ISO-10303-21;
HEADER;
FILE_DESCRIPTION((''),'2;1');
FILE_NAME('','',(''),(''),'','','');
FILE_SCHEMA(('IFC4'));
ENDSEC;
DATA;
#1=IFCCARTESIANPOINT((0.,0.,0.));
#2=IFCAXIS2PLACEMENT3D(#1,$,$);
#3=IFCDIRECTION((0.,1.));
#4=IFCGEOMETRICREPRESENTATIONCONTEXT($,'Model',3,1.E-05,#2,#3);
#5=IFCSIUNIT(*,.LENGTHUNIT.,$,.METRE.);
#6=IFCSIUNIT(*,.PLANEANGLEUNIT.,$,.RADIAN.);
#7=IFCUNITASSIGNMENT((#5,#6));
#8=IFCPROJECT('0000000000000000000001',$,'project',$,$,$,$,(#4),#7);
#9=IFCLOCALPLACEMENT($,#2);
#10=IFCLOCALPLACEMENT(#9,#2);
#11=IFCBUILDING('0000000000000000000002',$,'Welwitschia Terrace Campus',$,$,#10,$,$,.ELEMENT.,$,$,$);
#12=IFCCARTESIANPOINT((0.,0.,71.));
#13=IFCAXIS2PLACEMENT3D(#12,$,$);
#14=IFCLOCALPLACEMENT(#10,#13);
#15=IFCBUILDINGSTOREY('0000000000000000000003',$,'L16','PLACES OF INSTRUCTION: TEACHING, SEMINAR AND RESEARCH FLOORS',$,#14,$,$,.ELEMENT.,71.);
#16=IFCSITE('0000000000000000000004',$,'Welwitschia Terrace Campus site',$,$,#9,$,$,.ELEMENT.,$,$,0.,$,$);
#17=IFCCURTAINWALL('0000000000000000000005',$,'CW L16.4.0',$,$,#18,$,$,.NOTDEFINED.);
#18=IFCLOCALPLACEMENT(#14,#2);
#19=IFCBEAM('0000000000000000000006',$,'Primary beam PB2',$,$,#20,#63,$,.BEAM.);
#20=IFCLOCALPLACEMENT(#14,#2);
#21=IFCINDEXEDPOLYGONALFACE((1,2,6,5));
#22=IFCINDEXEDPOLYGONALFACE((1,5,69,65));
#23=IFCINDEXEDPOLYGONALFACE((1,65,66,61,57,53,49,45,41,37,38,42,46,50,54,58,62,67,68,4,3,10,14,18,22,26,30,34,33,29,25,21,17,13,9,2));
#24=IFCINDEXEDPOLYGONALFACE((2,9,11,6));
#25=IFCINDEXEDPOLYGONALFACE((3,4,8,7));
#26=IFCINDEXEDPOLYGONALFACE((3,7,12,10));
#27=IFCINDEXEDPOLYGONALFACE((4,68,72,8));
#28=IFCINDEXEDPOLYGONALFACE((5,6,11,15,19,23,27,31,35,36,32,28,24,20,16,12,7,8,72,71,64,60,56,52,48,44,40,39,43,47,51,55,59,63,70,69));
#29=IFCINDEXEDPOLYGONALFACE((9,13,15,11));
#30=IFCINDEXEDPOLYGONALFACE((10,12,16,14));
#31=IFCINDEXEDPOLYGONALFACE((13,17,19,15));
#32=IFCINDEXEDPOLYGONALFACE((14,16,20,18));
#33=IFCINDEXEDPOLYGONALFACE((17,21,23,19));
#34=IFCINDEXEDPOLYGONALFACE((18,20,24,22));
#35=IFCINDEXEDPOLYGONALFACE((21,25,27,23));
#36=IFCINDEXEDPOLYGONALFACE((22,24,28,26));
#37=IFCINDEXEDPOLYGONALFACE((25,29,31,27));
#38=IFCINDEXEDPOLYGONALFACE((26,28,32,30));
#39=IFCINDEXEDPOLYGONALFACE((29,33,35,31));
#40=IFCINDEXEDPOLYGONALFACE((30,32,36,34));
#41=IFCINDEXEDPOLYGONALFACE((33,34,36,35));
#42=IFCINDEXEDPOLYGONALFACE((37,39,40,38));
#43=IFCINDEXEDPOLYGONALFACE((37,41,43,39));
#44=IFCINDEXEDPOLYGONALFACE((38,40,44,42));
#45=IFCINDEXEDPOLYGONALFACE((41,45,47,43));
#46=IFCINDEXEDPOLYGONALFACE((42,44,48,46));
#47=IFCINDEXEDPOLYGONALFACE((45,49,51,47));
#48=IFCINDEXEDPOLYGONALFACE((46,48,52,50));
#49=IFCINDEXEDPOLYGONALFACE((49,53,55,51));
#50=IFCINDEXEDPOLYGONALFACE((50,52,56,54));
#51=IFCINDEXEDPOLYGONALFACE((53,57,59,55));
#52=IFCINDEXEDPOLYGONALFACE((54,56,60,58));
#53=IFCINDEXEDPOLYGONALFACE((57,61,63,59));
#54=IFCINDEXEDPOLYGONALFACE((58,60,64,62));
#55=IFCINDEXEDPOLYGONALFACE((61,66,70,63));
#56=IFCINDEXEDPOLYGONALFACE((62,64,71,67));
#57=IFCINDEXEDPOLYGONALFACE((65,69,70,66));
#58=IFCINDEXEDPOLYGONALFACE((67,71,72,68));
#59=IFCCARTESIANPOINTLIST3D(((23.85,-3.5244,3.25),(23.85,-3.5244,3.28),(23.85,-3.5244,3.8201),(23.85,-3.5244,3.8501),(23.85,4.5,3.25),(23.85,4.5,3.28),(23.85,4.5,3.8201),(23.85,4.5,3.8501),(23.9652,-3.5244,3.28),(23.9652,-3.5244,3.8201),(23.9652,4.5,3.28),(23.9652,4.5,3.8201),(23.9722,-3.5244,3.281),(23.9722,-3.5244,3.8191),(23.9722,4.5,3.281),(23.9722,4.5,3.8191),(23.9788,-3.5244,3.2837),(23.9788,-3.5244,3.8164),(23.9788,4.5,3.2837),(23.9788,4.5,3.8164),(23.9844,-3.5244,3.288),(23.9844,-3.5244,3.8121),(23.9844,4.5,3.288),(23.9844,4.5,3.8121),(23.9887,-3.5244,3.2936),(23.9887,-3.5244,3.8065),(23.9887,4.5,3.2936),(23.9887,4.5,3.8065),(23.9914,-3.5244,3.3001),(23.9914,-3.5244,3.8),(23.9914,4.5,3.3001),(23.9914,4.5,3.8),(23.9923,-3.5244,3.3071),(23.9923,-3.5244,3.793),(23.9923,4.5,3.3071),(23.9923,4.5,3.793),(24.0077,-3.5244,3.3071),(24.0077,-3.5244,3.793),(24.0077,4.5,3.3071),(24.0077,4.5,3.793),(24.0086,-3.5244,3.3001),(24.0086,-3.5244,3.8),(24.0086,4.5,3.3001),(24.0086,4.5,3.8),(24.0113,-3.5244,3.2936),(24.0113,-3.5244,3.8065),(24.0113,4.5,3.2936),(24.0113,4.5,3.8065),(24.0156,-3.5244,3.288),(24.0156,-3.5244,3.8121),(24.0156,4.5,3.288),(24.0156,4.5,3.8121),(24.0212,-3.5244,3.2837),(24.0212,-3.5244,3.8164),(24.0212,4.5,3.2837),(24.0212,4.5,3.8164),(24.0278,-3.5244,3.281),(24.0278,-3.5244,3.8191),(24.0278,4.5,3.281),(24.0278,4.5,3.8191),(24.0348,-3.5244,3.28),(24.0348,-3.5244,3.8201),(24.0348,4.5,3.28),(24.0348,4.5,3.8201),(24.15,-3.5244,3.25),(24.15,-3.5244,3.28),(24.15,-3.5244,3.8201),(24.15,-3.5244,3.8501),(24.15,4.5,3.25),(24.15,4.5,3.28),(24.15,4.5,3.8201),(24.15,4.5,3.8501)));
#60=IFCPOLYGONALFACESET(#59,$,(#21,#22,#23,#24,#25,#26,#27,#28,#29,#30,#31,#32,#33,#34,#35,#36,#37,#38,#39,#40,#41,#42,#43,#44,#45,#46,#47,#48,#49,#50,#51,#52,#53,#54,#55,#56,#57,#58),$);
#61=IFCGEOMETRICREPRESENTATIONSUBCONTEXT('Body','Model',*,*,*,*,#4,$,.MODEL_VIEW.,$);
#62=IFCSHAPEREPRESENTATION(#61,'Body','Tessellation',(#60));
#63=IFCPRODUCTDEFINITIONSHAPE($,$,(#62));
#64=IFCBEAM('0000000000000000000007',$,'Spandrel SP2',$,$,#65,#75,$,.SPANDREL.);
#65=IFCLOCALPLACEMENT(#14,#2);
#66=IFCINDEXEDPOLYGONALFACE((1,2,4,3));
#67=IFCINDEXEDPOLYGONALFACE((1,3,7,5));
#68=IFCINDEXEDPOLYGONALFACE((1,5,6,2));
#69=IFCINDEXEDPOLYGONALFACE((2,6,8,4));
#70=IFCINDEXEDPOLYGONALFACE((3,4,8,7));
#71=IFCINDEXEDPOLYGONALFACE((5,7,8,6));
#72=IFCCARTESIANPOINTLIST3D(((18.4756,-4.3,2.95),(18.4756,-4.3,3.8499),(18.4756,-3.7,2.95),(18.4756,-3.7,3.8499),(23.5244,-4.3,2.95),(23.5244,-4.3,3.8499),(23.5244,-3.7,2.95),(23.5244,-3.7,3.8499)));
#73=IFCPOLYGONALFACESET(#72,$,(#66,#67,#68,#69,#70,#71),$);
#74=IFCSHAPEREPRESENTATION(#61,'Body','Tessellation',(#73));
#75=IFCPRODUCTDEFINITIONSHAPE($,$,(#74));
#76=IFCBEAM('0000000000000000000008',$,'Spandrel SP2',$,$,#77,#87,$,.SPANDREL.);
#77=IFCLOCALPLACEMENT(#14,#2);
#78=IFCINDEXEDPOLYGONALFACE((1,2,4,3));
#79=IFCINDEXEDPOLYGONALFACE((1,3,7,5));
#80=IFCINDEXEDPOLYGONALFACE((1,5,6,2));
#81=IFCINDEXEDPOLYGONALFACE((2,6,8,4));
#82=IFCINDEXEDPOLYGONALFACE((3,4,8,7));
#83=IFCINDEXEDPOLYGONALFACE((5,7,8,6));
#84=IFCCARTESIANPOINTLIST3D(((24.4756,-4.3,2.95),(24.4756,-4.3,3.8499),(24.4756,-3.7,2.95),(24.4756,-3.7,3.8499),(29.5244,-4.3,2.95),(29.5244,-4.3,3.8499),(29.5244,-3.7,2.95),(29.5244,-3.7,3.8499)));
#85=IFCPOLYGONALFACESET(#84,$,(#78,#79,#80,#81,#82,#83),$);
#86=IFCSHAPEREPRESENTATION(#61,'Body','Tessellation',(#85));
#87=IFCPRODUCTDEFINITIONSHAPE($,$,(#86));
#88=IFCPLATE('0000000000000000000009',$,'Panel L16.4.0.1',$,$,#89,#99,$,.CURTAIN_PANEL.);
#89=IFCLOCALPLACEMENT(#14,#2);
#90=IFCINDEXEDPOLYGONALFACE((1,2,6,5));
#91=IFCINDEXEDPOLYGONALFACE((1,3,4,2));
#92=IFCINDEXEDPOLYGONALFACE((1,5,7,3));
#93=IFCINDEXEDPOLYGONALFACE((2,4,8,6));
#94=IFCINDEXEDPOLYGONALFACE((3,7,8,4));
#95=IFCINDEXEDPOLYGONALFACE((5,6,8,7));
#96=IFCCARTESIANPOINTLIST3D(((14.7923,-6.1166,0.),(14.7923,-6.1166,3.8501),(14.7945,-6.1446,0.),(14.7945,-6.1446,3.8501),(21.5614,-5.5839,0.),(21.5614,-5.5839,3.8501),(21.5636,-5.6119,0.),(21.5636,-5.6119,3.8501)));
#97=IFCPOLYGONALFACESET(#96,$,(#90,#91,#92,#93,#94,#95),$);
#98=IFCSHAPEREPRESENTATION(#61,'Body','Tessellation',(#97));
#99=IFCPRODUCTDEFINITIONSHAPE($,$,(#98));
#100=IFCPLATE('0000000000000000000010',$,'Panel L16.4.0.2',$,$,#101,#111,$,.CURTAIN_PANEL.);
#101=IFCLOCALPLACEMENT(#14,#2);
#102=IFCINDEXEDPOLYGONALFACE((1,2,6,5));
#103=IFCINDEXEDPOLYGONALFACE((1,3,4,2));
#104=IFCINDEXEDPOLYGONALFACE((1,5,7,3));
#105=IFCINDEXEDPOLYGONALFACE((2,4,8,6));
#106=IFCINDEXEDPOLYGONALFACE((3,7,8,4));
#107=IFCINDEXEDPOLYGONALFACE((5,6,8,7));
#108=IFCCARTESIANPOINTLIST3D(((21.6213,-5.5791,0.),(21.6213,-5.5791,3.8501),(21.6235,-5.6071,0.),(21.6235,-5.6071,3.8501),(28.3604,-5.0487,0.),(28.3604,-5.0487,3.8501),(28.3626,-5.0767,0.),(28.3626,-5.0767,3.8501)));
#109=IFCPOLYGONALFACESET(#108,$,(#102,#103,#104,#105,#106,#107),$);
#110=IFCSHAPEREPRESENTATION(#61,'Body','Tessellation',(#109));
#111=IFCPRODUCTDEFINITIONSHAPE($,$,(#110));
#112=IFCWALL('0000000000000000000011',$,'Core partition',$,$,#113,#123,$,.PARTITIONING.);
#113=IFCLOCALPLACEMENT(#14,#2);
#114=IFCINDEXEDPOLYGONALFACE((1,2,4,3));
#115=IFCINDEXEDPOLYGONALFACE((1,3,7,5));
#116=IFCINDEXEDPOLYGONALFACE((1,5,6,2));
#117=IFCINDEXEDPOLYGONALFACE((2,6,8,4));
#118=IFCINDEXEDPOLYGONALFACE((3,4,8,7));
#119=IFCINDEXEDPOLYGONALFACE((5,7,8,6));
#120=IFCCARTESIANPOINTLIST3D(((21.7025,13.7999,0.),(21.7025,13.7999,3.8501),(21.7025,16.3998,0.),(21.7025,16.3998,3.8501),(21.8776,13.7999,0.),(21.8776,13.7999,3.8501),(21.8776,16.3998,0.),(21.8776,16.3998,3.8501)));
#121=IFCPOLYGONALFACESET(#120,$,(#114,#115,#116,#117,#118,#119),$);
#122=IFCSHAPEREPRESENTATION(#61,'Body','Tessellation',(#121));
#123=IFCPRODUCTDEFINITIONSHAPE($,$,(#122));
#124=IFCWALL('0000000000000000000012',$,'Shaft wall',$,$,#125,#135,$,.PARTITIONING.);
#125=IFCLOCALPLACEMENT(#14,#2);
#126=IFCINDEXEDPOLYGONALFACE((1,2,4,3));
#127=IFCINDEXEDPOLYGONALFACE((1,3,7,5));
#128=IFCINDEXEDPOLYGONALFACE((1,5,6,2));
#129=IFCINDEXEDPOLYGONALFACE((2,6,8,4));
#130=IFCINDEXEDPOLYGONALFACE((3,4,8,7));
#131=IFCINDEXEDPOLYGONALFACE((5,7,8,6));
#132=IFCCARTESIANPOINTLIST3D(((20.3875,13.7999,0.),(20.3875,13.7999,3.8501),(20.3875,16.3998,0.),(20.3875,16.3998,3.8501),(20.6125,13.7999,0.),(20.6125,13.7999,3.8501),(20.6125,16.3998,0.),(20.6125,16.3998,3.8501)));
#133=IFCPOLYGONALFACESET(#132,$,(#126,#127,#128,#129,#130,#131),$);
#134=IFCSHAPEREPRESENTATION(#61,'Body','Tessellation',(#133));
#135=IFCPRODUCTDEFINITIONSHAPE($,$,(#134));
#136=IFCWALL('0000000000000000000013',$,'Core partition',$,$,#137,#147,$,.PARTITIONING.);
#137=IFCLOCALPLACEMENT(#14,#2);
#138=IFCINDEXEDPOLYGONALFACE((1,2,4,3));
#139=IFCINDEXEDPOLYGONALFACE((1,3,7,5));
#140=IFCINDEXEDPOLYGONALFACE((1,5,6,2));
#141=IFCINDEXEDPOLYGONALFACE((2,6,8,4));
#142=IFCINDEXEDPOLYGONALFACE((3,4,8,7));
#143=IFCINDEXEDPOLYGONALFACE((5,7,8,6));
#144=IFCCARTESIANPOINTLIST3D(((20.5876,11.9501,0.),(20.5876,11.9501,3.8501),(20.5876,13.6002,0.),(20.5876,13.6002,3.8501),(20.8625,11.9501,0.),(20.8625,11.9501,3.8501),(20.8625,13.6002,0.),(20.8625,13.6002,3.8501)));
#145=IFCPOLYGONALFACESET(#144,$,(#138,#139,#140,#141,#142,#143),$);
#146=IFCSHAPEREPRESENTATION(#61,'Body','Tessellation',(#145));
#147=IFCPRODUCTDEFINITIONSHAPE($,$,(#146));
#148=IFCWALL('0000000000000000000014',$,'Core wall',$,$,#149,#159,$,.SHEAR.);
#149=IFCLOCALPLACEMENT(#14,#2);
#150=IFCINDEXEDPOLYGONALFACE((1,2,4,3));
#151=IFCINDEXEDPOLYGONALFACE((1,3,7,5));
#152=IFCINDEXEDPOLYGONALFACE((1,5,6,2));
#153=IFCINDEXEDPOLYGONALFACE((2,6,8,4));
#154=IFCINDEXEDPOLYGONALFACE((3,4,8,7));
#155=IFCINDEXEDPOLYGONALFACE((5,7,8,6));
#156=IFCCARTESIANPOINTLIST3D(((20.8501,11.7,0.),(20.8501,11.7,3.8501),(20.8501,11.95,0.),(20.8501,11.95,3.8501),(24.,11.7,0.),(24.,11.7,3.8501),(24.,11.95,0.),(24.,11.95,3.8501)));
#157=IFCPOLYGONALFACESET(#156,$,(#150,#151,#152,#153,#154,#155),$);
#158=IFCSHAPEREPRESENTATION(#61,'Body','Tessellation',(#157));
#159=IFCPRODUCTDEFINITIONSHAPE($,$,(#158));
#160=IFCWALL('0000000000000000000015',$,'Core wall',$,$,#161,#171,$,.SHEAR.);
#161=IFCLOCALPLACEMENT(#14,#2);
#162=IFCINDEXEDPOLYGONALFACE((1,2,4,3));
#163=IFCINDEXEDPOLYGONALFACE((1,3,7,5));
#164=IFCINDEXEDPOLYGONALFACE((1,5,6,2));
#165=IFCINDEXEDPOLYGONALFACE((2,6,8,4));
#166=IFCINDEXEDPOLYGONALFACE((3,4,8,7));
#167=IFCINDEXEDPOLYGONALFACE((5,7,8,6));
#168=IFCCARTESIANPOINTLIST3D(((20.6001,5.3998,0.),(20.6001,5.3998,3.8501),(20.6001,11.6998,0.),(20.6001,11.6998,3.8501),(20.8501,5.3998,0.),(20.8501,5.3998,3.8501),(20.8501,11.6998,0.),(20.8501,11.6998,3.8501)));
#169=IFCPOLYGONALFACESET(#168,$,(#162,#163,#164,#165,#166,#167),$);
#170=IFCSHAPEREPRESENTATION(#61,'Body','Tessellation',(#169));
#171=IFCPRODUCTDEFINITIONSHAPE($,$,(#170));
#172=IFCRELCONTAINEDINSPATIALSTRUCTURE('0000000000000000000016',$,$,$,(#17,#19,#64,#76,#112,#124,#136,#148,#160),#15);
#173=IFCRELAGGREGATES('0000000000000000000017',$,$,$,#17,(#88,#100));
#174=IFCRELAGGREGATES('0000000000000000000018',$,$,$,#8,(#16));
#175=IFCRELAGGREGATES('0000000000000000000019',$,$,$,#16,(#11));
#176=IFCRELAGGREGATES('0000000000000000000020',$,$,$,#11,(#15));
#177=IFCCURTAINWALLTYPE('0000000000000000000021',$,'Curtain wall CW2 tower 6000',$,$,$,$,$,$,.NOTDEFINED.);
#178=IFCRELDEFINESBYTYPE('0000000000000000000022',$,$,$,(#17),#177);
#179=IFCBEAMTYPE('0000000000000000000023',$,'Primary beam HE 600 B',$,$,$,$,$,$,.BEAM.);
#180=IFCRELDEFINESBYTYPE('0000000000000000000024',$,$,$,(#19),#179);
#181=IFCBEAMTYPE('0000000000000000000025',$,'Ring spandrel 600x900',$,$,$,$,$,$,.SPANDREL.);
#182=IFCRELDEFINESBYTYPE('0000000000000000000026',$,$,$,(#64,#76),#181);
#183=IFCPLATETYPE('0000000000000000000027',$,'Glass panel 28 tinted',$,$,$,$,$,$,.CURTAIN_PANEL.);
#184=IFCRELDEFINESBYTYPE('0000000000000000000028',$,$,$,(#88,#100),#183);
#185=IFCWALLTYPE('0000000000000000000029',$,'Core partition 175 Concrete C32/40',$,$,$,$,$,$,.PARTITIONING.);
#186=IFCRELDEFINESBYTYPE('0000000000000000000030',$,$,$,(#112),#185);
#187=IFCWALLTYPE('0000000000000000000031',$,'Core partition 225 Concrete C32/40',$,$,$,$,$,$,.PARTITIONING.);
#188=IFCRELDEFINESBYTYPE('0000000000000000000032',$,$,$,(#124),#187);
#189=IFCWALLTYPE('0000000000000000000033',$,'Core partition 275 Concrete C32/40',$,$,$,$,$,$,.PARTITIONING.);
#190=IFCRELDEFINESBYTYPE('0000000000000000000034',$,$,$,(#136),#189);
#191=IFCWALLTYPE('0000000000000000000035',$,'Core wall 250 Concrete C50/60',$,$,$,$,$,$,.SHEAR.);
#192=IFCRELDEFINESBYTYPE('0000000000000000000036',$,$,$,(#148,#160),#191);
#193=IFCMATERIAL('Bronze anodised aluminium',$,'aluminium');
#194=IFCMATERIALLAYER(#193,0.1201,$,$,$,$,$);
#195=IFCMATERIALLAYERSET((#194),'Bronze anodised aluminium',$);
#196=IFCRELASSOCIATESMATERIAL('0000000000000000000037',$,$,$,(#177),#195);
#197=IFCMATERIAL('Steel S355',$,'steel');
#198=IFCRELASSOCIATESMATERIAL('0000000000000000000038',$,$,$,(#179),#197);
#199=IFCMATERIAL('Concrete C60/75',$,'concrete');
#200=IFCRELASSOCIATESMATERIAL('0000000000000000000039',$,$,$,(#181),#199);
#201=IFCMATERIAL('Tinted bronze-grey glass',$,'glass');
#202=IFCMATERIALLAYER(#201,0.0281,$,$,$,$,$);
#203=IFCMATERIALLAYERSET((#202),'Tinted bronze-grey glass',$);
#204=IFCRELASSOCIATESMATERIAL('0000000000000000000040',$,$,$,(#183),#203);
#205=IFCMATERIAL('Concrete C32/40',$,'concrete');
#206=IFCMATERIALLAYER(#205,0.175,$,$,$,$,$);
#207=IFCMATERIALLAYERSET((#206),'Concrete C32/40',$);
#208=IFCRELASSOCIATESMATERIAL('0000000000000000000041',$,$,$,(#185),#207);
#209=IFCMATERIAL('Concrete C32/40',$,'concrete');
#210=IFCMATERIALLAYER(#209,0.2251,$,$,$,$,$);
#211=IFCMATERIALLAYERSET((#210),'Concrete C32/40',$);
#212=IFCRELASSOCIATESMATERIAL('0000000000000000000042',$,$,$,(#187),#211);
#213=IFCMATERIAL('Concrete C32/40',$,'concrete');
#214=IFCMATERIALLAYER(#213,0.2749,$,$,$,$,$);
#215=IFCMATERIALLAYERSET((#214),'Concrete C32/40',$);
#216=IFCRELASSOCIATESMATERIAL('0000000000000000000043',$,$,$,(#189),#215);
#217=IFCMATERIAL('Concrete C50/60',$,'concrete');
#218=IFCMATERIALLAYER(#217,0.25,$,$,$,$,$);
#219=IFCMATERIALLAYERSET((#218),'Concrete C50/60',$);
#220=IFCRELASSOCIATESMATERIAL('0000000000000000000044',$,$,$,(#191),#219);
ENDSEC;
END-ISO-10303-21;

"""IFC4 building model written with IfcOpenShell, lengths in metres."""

from ifc_helpers import new_model, si_unit, direction, frame, frame_2d, origin, origin_2d, place, context, subcontext, project, spatial, rectangle, i_section, extrude, material, layer, layer_set, material_profile, profile_set, type_object, element, aggregate, save


model = new_model("IFC4")

# Units and contexts
model_context = context("Model", 3, precision=1e-05, world=origin(), true_north=direction((0.0, 1.0)))
body_context = subcontext(model_context, "Body", "Model", "MODEL_VIEW")
ifc_project = project(units=[si_unit("LENGTHUNIT", "METRE"), si_unit("PLANEANGLEUNIT", "RADIAN")], contexts=[model_context])

# Site, building, storey
site_placement = place(None, origin())
site = spatial("IfcSite", under=ifc_project, at=site_placement, Name="Welwitschia Terrace Campus site", CompositionType="ELEMENT", RefElevation=0.0)
building_placement = place(site_placement, origin())
building = spatial("IfcBuilding", under=site, at=building_placement, Name="Welwitschia Terrace Campus", CompositionType="ELEMENT")
storey_placement = place(building_placement, frame((0.0, 0.0, 71.0)))
storey = spatial("IfcBuildingStorey", under=building, at=storey_placement, Name="L16", Description="PLACES OF INSTRUCTION: TEACHING, SEMINAR AND RESEARCH FLOORS", CompositionType="ELEMENT", Elevation=71.0)

# Curtain wall
ifc_material_1 = material(Name="Bronze anodised aluminium", Category="aluminium")
ifc_layer_1 = layer(ifc_material_1, 0.1201)
ifc_layer_set_1 = layer_set([ifc_layer_1], Name="Bronze anodised aluminium")
curtain_wall_type = type_object("IfcCurtainWallType", Name="Curtain wall CW2 tower 6000", PredefinedType="NOTDEFINED", material=ifc_layer_set_1)
curtain_wall_placement = place(storey_placement, origin())
curtain_wall = element("IfcCurtainWall", 1, at=curtain_wall_placement, inside=storey, type_object=curtain_wall_type, Name="CW L16.4.0", PredefinedType="NOTDEFINED")

# Beams
ifc_material_2 = material(Name="Steel S355", Category="steel")
ifc_material_profile_1 = material_profile(ifc_material_2, i_section(OverallWidth=0.3, OverallDepth=0.6001, WebThickness=0.0154, FlangeThickness=0.03, FilletRadius=0.0271, at=origin_2d()))
ifc_profile_set_1 = profile_set([ifc_material_profile_1], Name="Steel S355")
beam_type_1 = type_object("IfcBeamType", Name="Primary beam HE 600 B", PredefinedType="BEAM", material=ifc_profile_set_1)
beam_1_placement = place(storey_placement, frame((24.0, -3.5244, 3.55), z_axis=(0.0, 1.0, 0.0), x_axis=(-1.0, 0.0, 0.0)))
element("IfcBeam", 2, at=beam_1_placement, inside=storey, type_object=beam_type_1, Name="Primary beam PB2", PredefinedType="BEAM", context=body_context, shape_type="SweptSolid", body=[
    extrude(i_section(OverallWidth=0.3, OverallDepth=0.6001, WebThickness=0.0154, FlangeThickness=0.03, FilletRadius=0.0271, at=origin_2d()), origin(), (0.0, 0.0, 1.0), 8.0244),
])
ifc_material_3 = material(Name="Concrete C60/75", Category="concrete")
ifc_material_profile_2 = material_profile(ifc_material_3, rectangle(XDim=0.6001, YDim=0.8999, at=origin_2d()))
ifc_profile_set_2 = profile_set([ifc_material_profile_2], Name="Concrete C60/75")
beam_type_2 = type_object("IfcBeamType", Name="Ring spandrel 600x900", PredefinedType="SPANDREL", material=ifc_profile_set_2)
for number, where, z_axis, x_axis, name in (
    (3, (18.4756, -4.0, 3.3999), (1.0, 0.0, 0.0), (0.0, 1.0, 0.0), "Spandrel SP2"),
    (4, (24.4756, -4.0, 3.3999), (1.0, 0.0, 0.0), (0.0, 1.0, 0.0), "Spandrel SP2"),
):
    element("IfcBeam", number, at=place(storey_placement, frame(where, z_axis=z_axis, x_axis=x_axis)), inside=storey, type_object=beam_type_2, Name=name, PredefinedType="SPANDREL", context=body_context, shape_type="SweptSolid", body=[
        extrude(rectangle(XDim=0.6001, YDim=0.8999, at=origin_2d()), origin(), (0.0, 0.0, 1.0), 5.0488),
    ])

# Plates
ifc_material_4 = material(Name="Tinted bronze-grey glass", Category="glass")
ifc_layer_2 = layer(ifc_material_4, 0.0281)
ifc_layer_set_2 = layer_set([ifc_layer_2], Name="Tinted bronze-grey glass")
plate_type = type_object("IfcPlateType", Name="Glass panel 28 tinted", PredefinedType="CURTAIN_PANEL", material=ifc_layer_set_2)
plate_1_placement = place(storey_placement, frame((18.178, -5.8643, 0.0), z_axis=(0.0, 0.0, 1.0), x_axis=(0.996917, 0.078459, 0.0)))
plate_1 = element("IfcPlate", 5, at=plate_1_placement, type_object=plate_type, Name="Panel L16.4.0.1", PredefinedType="CURTAIN_PANEL", context=body_context, shape_type="SweptSolid", body=[
    extrude(rectangle(XDim=6.79, YDim=0.0281, at=origin_2d()), origin(), (0.0, 0.0, 1.0), 3.8501),
])
plate_2_placement = place(storey_placement, frame((24.9919, -5.3279, 0.0), z_axis=(0.0, 0.0, 1.0), x_axis=(0.996917, 0.078459, 0.0)))
plate_2 = element("IfcPlate", 6, at=plate_2_placement, type_object=plate_type, Name="Panel L16.4.0.2", PredefinedType="CURTAIN_PANEL", context=body_context, shape_type="SweptSolid", body=[
    extrude(rectangle(XDim=6.76, YDim=0.0281, at=origin_2d()), origin(), (0.0, 0.0, 1.0), 3.8501),
])
aggregate(curtain_wall, [plate_1, plate_2])

# Walls
ifc_material_5 = material(Name="Concrete C32/40", Category="concrete")
ifc_layer_3 = layer(ifc_material_5, 0.175)
ifc_layer_set_3 = layer_set([ifc_layer_3], Name="Concrete C32/40")
wall_type_1 = type_object("IfcWallType", Name="Core partition 175 Concrete C32/40", PredefinedType="PARTITIONING", material=ifc_layer_set_3)
wall_1_placement = place(storey_placement, frame((21.79, 13.8, 0.0), z_axis=(0.0, 0.0, 1.0), x_axis=(0.0, 1.0, 0.0)))
element("IfcWall", 7, at=wall_1_placement, inside=storey, type_object=wall_type_1, Name="Core partition", PredefinedType="PARTITIONING", context=body_context, shape_type="SweptSolid", body=[
    extrude(rectangle(XDim=2.5999, YDim=0.175, at=frame_2d((1.2998, 0.0))), origin(), (0.0, 0.0, 1.0), 3.8501),
])
ifc_material_6 = material(Name="Concrete C32/40", Category="concrete")
ifc_layer_4 = layer(ifc_material_6, 0.2251)
ifc_layer_set_4 = layer_set([ifc_layer_4], Name="Concrete C32/40")
wall_type_2 = type_object("IfcWallType", Name="Core partition 225 Concrete C32/40", PredefinedType="PARTITIONING", material=ifc_layer_set_4)
wall_2_placement = place(storey_placement, frame((20.5, 13.8, 0.0), z_axis=(0.0, 0.0, 1.0), x_axis=(0.0, 1.0, 0.0)))
element("IfcWall", 8, at=wall_2_placement, inside=storey, type_object=wall_type_2, Name="Shaft wall", PredefinedType="PARTITIONING", context=body_context, shape_type="SweptSolid", body=[
    extrude(rectangle(XDim=2.5999, YDim=0.2251, at=frame_2d((1.2998, 0.0))), origin(), (0.0, 0.0, 1.0), 3.8501),
])
ifc_material_7 = material(Name="Concrete C32/40", Category="concrete")
ifc_layer_5 = layer(ifc_material_7, 0.2749)
ifc_layer_set_5 = layer_set([ifc_layer_5], Name="Concrete C32/40")
wall_type_3 = type_object("IfcWallType", Name="Core partition 275 Concrete C32/40", PredefinedType="PARTITIONING", material=ifc_layer_set_5)
wall_3_placement = place(storey_placement, frame((20.7251, 11.95, 0.0), z_axis=(0.0, 0.0, 1.0), x_axis=(0.0, 1.0, 0.0)))
element("IfcWall", 9, at=wall_3_placement, inside=storey, type_object=wall_type_3, Name="Core partition", PredefinedType="PARTITIONING", context=body_context, shape_type="SweptSolid", body=[
    extrude(rectangle(XDim=1.6501, YDim=0.2749, at=frame_2d((0.8252, 0.0))), origin(), (0.0, 0.0, 1.0), 3.8501),
])
ifc_material_8 = material(Name="Concrete C50/60", Category="concrete")
ifc_layer_6 = layer(ifc_material_8, 0.25)
ifc_layer_set_6 = layer_set([ifc_layer_6], Name="Concrete C50/60")
wall_type_4 = type_object("IfcWallType", Name="Core wall 250 Concrete C50/60", PredefinedType="SHEAR", material=ifc_layer_set_6)
wall_4_placement = place(storey_placement, frame((20.8501, 11.825, 0.0), z_axis=(0.0, 0.0, 1.0), x_axis=(1.0, 0.0, 0.0)))
element("IfcWall", 10, at=wall_4_placement, inside=storey, type_object=wall_type_4, Name="Core wall", PredefinedType="SHEAR", context=body_context, shape_type="SweptSolid", body=[
    extrude(rectangle(XDim=3.1499, YDim=0.25, at=frame_2d((1.575, 0.0))), origin(), (0.0, 0.0, 1.0), 3.8501),
])
wall_5_placement = place(storey_placement, frame((20.7251, 5.3999, 0.0), z_axis=(0.0, 0.0, 1.0), x_axis=(0.0, 1.0, 0.0)))
element("IfcWall", 11, at=wall_5_placement, inside=storey, type_object=wall_type_4, Name="Core wall", PredefinedType="SHEAR", context=body_context, shape_type="SweptSolid", body=[
    extrude(rectangle(XDim=6.3, YDim=0.25, at=frame_2d((3.1499, 0.0))), origin(), (0.0, 0.0, 1.0), 3.8501),
])

save(model, "model.ifc")
